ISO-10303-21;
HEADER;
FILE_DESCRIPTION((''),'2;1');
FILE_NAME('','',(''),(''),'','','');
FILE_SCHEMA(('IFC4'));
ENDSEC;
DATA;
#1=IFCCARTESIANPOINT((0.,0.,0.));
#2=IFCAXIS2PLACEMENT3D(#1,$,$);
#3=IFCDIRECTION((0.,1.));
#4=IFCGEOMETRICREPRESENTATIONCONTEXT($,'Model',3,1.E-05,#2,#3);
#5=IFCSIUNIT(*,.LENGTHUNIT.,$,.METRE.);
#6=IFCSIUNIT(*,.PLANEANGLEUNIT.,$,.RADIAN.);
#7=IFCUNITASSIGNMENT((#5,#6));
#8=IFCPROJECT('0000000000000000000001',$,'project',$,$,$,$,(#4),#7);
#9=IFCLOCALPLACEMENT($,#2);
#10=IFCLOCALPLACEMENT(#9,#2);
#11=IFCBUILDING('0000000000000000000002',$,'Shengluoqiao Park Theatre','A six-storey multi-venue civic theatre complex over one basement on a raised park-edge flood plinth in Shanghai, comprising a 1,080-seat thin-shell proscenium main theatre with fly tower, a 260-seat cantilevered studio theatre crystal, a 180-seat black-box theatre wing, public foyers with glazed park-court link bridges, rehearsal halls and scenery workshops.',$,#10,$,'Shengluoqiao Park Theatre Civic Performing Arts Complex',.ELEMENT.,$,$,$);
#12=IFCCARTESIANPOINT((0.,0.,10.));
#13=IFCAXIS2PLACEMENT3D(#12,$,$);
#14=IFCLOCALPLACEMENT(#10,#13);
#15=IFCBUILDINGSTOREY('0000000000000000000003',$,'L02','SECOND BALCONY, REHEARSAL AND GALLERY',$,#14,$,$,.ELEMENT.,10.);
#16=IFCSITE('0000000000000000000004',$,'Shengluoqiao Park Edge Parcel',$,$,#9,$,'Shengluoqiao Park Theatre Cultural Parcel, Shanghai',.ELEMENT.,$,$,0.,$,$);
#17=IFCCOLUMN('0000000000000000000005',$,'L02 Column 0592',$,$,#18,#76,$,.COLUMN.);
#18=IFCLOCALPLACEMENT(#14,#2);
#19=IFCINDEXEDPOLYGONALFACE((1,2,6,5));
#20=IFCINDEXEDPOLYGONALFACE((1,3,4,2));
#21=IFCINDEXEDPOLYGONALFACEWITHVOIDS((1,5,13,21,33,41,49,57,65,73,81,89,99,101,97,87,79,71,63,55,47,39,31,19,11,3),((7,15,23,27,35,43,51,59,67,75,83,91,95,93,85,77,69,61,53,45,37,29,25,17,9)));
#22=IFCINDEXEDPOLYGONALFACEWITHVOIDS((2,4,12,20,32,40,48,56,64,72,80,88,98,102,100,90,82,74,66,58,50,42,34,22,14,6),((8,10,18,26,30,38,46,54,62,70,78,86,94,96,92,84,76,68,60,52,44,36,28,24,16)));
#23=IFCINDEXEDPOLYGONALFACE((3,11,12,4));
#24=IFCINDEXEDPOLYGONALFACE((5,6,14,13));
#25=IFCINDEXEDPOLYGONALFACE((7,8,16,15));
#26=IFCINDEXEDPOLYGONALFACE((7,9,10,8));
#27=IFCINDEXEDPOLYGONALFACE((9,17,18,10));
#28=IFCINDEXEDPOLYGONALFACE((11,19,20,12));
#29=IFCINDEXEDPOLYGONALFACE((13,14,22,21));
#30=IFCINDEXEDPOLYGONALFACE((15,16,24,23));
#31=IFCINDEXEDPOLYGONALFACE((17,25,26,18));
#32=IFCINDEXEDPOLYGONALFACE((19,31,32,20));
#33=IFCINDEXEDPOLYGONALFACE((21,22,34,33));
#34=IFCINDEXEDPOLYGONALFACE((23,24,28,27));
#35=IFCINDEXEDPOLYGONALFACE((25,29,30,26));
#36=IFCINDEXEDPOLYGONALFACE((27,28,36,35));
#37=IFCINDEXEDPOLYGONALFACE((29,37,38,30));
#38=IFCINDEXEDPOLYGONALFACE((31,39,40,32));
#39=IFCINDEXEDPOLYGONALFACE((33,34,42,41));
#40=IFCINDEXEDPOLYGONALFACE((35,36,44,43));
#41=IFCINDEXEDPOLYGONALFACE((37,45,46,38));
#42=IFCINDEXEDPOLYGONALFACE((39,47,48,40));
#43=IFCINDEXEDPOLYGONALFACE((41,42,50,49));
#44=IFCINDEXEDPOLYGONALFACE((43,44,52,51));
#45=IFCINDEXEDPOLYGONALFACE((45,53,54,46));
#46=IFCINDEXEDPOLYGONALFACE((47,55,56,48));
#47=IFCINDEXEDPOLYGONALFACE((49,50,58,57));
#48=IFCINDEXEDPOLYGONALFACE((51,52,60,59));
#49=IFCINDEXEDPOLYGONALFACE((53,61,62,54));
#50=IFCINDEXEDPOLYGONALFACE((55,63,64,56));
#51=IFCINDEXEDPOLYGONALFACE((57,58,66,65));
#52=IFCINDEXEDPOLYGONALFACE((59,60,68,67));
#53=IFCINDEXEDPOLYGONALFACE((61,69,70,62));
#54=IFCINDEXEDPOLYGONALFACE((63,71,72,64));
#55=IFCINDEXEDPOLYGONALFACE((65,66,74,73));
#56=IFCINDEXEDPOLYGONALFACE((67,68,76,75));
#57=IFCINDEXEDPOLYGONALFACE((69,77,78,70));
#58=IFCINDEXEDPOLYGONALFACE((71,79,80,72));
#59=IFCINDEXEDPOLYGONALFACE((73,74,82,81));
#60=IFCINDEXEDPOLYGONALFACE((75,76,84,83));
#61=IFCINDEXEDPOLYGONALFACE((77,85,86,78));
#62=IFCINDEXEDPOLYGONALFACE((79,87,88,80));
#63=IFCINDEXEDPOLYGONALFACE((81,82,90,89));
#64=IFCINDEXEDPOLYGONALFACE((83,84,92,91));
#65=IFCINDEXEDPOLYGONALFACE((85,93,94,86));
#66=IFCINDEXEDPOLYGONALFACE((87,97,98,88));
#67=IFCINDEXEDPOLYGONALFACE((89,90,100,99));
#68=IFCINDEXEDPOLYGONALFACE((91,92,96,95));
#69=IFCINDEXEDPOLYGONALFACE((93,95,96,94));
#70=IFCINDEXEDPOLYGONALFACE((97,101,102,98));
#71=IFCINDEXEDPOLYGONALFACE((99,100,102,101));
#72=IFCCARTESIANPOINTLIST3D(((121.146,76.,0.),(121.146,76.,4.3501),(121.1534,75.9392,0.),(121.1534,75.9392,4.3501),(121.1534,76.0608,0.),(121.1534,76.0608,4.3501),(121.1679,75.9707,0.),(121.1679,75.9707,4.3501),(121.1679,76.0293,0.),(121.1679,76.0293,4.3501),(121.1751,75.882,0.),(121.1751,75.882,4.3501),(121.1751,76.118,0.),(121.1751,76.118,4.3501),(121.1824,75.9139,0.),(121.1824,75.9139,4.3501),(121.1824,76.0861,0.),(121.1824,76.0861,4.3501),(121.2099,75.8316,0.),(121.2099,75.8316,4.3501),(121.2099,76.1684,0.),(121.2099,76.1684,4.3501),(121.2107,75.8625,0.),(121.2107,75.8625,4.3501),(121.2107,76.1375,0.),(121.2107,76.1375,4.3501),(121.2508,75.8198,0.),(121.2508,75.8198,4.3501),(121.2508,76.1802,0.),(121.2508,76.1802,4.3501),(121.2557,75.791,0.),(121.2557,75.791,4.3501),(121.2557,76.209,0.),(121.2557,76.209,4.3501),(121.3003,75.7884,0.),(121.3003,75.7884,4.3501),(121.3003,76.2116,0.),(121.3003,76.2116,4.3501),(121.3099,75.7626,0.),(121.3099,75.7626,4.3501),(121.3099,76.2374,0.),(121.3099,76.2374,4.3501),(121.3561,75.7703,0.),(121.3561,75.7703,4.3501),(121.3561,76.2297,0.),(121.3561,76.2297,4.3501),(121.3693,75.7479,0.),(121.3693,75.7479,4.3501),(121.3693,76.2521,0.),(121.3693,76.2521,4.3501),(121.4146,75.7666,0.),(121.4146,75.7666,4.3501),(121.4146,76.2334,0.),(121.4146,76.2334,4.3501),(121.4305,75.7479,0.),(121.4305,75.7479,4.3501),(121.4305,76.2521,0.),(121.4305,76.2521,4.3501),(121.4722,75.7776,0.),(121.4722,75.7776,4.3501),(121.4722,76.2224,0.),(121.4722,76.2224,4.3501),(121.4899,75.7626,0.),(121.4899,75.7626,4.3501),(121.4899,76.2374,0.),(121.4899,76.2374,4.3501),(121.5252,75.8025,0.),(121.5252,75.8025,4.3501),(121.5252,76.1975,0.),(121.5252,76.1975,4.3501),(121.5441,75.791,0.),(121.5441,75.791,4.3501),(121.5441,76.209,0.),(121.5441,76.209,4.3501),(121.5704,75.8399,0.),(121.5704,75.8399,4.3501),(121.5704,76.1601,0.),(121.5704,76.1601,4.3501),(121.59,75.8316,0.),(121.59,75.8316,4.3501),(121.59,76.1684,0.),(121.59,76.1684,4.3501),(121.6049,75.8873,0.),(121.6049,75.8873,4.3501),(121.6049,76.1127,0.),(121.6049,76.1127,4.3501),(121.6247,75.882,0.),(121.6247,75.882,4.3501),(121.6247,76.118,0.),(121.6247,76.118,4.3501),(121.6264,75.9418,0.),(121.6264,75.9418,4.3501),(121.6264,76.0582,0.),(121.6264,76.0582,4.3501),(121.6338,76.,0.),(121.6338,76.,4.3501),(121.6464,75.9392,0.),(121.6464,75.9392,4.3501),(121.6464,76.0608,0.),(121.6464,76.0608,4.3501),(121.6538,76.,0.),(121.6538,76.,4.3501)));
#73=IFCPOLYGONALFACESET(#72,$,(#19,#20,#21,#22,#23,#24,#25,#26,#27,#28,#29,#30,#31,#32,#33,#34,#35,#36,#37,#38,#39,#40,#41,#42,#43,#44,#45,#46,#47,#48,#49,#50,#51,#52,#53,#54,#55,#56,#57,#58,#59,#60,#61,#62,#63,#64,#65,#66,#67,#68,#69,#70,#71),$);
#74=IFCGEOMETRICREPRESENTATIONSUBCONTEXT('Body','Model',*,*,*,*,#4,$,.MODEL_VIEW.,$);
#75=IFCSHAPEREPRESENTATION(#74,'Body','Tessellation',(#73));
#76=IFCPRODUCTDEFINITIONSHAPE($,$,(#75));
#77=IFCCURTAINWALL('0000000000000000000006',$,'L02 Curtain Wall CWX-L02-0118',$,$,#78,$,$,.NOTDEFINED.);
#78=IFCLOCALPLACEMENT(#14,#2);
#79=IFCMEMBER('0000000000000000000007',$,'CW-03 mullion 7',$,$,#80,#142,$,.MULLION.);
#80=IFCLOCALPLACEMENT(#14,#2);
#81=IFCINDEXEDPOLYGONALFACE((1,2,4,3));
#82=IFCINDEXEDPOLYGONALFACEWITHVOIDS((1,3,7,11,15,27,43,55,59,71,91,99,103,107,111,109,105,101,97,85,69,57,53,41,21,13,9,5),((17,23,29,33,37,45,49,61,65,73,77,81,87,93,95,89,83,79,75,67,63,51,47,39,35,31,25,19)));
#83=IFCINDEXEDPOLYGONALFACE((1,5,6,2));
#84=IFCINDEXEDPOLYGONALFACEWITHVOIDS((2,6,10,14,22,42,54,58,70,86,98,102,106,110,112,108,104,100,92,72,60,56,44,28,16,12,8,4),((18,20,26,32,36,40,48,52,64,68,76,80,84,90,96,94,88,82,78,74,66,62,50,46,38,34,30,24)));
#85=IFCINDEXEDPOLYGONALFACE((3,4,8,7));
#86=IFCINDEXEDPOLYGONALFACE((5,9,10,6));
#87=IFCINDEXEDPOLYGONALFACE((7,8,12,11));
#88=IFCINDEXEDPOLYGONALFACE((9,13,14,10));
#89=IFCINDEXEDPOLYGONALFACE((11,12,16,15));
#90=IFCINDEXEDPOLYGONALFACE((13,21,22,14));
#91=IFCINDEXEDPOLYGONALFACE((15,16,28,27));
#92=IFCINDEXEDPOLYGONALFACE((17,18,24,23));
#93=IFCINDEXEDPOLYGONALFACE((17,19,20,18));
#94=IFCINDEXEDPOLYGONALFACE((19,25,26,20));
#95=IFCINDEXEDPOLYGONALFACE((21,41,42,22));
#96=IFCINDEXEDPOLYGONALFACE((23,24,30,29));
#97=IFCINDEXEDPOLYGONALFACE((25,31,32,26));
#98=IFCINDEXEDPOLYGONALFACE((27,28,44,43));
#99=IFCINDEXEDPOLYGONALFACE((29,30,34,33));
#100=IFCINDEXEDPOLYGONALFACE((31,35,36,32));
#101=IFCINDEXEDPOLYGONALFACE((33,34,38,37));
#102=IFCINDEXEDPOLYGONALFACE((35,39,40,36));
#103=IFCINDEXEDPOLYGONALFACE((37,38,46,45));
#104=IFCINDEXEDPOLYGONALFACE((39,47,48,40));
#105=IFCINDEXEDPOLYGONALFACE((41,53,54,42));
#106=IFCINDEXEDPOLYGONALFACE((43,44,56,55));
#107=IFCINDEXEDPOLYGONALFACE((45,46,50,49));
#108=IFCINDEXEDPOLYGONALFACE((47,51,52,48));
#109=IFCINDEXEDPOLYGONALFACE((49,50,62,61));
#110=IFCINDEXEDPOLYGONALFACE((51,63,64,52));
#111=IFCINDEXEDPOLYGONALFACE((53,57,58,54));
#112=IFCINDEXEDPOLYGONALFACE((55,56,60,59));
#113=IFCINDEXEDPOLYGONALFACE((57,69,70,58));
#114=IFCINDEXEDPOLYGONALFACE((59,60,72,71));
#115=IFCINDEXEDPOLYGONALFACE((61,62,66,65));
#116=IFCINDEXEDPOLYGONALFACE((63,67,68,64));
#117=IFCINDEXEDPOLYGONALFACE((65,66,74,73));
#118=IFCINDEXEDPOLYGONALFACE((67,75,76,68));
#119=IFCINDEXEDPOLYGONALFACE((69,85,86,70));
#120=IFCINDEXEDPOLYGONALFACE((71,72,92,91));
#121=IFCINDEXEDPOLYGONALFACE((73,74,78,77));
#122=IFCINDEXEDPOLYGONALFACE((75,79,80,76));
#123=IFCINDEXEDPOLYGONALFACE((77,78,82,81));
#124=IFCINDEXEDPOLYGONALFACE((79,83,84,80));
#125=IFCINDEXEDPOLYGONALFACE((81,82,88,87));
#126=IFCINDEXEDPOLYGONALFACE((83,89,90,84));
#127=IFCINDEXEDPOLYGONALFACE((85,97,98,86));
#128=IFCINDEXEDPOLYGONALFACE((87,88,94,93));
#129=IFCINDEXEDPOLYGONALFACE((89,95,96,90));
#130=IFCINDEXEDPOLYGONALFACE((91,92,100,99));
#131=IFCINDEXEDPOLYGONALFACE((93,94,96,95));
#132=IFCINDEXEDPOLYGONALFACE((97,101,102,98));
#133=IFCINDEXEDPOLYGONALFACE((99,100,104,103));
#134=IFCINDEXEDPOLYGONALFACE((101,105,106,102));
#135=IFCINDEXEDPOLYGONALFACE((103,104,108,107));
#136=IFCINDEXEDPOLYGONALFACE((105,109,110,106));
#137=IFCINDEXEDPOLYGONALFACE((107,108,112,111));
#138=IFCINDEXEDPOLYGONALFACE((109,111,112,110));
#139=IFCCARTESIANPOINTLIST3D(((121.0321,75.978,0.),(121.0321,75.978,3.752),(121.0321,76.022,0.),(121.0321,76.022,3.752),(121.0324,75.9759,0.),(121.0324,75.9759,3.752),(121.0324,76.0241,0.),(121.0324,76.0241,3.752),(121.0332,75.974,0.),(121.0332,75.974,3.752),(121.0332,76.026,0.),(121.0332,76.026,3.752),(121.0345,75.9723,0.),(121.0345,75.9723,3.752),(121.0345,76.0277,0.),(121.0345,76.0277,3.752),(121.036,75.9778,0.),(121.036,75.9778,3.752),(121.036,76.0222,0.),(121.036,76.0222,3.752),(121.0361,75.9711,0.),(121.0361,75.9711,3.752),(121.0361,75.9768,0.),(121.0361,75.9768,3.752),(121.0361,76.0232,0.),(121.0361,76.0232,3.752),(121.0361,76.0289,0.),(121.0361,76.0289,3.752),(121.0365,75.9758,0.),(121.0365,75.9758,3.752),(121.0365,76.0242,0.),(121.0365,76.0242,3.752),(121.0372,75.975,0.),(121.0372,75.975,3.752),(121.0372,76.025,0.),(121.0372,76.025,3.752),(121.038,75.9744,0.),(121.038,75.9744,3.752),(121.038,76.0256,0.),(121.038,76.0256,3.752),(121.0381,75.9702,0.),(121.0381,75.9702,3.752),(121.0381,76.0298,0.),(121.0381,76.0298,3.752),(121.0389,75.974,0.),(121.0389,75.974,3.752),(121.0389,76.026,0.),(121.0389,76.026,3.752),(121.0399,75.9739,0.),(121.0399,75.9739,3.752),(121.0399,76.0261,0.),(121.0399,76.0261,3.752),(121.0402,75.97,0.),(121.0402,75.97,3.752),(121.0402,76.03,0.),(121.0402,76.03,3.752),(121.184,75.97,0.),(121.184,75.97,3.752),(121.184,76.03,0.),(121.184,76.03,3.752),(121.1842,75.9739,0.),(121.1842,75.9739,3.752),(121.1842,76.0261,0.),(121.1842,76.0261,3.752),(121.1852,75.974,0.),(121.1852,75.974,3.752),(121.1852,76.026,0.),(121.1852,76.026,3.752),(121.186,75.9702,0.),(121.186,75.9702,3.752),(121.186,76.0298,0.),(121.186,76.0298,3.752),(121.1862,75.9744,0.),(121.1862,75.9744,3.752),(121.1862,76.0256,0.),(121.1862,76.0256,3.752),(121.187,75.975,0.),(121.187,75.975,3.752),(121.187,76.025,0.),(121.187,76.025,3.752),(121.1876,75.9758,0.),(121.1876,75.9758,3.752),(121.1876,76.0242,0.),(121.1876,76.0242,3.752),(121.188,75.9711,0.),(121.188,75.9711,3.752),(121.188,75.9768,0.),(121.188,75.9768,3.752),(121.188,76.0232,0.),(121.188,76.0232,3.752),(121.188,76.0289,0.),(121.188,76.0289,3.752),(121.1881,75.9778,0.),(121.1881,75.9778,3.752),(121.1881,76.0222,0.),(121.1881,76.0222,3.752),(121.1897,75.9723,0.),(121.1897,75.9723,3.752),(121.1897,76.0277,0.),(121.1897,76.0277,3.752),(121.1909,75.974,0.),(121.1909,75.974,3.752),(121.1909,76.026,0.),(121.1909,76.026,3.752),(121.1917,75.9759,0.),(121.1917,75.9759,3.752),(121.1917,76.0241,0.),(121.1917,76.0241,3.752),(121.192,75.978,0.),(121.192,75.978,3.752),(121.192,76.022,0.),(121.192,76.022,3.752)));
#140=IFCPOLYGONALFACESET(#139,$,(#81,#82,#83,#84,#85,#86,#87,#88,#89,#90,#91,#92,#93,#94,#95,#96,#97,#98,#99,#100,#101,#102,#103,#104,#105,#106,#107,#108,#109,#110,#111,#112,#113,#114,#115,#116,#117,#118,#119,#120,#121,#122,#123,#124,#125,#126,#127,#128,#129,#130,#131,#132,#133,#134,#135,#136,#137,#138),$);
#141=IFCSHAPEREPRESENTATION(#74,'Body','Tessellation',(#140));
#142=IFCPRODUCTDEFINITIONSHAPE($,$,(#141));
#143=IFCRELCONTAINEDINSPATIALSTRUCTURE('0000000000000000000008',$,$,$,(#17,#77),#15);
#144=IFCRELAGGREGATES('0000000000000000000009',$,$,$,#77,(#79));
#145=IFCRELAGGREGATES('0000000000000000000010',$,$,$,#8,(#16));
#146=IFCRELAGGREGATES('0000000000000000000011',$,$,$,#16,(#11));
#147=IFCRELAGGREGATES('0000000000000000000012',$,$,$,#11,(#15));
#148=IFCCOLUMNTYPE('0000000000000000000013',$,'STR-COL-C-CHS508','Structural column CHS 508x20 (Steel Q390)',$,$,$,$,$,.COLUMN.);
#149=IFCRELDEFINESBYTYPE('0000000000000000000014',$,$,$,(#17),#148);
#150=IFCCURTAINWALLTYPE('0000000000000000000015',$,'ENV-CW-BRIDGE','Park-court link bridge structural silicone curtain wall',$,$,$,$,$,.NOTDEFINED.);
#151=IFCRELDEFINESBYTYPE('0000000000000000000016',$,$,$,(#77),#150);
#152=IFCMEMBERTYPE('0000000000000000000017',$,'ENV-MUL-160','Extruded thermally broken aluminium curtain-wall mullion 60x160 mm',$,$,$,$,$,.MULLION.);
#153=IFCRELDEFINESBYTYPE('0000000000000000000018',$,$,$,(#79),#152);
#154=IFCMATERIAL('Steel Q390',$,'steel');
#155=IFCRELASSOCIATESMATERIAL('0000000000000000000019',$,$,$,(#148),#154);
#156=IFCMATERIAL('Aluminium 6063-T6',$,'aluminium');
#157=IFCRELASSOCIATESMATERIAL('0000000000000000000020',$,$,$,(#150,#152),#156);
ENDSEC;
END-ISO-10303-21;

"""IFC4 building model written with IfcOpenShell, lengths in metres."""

from ifc_helpers import new_model, si_unit, direction, frame, origin, origin_2d, place, context, subcontext, project, spatial, hollow_rectangle, hollow_circle, extrude, material, material_profile, profile_set, type_object, element, aggregate, save


model = new_model("IFC4")

# Units and contexts
model_context = context("Model", 3, precision=1e-05, world=origin(), true_north=direction((0.0, 1.0)))
body_context = subcontext(model_context, "Body", "Model", "MODEL_VIEW")
ifc_project = project(units=[si_unit("LENGTHUNIT", "METRE"), si_unit("PLANEANGLEUNIT", "RADIAN")], contexts=[model_context])

# Site, building, storey
site_placement = place(None, origin())
site = spatial("IfcSite", under=ifc_project, at=site_placement, Name="Shengluoqiao Park Edge Parcel", LongName="Shengluoqiao Park Theatre Cultural Parcel, Shanghai", CompositionType="ELEMENT", RefElevation=0.0)
building_placement = place(site_placement, origin())
building = spatial("IfcBuilding", under=site, at=building_placement, Name="Shengluoqiao Park Theatre", Description="A six-storey multi-venue civic theatre complex over one basement on a raised park-edge flood plinth in Shanghai, comprising a 1,080-seat thin-shell proscenium main theatre with fly tower, a 260-seat cantilevered studio theatre crystal, a 180-seat black-box theatre wing, public foyers with glazed park-court link bridges, rehearsal halls and scenery workshops.", LongName="Shengluoqiao Park Theatre Civic Performing Arts Complex", CompositionType="ELEMENT")
storey_placement = place(building_placement, frame((0.0, 0.0, 10.0)))
storey = spatial("IfcBuildingStorey", under=building, at=storey_placement, Name="L02", Description="SECOND BALCONY, REHEARSAL AND GALLERY", CompositionType="ELEMENT", Elevation=10.0)

# Column
ifc_material_1 = material(Name="Steel Q390", Category="steel")
ifc_material_profile_1 = material_profile(ifc_material_1, hollow_circle(Radius=0.2539, WallThickness=0.02, at=origin_2d()), Name="CHS 508x20")
ifc_profile_set_1 = profile_set([ifc_material_profile_1], Name="Steel Q390")
column_type = type_object("IfcColumnType", Name="STR-COL-C-CHS508", Description="Structural column CHS 508x20 (Steel Q390)", PredefinedType="COLUMN", material=ifc_profile_set_1)
column_placement = place(storey_placement, frame((121.3999, 76.0, 0.0), z_axis=(0.0, 0.0, 1.0), x_axis=(1.0, 0.0, 0.0)))
element("IfcColumn", 1, at=column_placement, inside=storey, type_object=column_type, Name="L02 Column 0592", PredefinedType="COLUMN", context=body_context, shape_type="SweptSolid", body=[
    extrude(hollow_circle(Radius=0.2539, WallThickness=0.02, at=origin_2d()), origin(), (0.0, 0.0, 1.0), 4.3501),
])

# Curtain wall, member
ifc_material_2 = material(Name="Aluminium 6063-T6", Category="aluminium")
curtain_wall_type = type_object("IfcCurtainWallType", Name="ENV-CW-BRIDGE", Description="Park-court link bridge structural silicone curtain wall", PredefinedType="NOTDEFINED", material=ifc_material_2)
curtain_wall_1_placement = place(storey_placement, origin())
curtain_wall_1 = element("IfcCurtainWall", 2, at=curtain_wall_1_placement, inside=storey, type_object=curtain_wall_type, Name="L02 Curtain Wall CWX-L02-0118", PredefinedType="NOTDEFINED")
ifc_material_profile_2 = material_profile(ifc_material_2, hollow_rectangle(XDim=0.0601, YDim=0.1599, WallThickness=0.0039, InnerFilletRadius=0.0039, OuterFilletRadius=0.0081, at=origin_2d()), Name="ALU MULLION 160x60x4")
ifc_profile_set_2 = profile_set([ifc_material_profile_2], Name="Aluminium 6063-T6")
member_type_1 = type_object("IfcMemberType", Name="ENV-MUL-160", Description="Extruded thermally broken aluminium curtain-wall mullion 60x160 mm", PredefinedType="MULLION", material=ifc_profile_set_2)
member_1_placement = place(storey_placement, frame((121.1121, 76.0, 0.0), z_axis=(0.0, 0.0, 1.0), x_axis=(0.0, 1.0, 0.0)))
member_1 = element("IfcMember", 3, at=member_1_placement, type_object=member_type_1, Name="CW-03 mullion 7", PredefinedType="MULLION", context=body_context, shape_type="SweptSolid", body=[
    extrude(hollow_rectangle(XDim=0.0601, YDim=0.1599, WallThickness=0.0039, InnerFilletRadius=0.0039, OuterFilletRadius=0.0081, at=origin_2d()), origin(), (0.0, 0.0, 1.0), 3.752),
])

aggregate(curtain_wall_1, [member_1])

save(model, "model.ifc")
